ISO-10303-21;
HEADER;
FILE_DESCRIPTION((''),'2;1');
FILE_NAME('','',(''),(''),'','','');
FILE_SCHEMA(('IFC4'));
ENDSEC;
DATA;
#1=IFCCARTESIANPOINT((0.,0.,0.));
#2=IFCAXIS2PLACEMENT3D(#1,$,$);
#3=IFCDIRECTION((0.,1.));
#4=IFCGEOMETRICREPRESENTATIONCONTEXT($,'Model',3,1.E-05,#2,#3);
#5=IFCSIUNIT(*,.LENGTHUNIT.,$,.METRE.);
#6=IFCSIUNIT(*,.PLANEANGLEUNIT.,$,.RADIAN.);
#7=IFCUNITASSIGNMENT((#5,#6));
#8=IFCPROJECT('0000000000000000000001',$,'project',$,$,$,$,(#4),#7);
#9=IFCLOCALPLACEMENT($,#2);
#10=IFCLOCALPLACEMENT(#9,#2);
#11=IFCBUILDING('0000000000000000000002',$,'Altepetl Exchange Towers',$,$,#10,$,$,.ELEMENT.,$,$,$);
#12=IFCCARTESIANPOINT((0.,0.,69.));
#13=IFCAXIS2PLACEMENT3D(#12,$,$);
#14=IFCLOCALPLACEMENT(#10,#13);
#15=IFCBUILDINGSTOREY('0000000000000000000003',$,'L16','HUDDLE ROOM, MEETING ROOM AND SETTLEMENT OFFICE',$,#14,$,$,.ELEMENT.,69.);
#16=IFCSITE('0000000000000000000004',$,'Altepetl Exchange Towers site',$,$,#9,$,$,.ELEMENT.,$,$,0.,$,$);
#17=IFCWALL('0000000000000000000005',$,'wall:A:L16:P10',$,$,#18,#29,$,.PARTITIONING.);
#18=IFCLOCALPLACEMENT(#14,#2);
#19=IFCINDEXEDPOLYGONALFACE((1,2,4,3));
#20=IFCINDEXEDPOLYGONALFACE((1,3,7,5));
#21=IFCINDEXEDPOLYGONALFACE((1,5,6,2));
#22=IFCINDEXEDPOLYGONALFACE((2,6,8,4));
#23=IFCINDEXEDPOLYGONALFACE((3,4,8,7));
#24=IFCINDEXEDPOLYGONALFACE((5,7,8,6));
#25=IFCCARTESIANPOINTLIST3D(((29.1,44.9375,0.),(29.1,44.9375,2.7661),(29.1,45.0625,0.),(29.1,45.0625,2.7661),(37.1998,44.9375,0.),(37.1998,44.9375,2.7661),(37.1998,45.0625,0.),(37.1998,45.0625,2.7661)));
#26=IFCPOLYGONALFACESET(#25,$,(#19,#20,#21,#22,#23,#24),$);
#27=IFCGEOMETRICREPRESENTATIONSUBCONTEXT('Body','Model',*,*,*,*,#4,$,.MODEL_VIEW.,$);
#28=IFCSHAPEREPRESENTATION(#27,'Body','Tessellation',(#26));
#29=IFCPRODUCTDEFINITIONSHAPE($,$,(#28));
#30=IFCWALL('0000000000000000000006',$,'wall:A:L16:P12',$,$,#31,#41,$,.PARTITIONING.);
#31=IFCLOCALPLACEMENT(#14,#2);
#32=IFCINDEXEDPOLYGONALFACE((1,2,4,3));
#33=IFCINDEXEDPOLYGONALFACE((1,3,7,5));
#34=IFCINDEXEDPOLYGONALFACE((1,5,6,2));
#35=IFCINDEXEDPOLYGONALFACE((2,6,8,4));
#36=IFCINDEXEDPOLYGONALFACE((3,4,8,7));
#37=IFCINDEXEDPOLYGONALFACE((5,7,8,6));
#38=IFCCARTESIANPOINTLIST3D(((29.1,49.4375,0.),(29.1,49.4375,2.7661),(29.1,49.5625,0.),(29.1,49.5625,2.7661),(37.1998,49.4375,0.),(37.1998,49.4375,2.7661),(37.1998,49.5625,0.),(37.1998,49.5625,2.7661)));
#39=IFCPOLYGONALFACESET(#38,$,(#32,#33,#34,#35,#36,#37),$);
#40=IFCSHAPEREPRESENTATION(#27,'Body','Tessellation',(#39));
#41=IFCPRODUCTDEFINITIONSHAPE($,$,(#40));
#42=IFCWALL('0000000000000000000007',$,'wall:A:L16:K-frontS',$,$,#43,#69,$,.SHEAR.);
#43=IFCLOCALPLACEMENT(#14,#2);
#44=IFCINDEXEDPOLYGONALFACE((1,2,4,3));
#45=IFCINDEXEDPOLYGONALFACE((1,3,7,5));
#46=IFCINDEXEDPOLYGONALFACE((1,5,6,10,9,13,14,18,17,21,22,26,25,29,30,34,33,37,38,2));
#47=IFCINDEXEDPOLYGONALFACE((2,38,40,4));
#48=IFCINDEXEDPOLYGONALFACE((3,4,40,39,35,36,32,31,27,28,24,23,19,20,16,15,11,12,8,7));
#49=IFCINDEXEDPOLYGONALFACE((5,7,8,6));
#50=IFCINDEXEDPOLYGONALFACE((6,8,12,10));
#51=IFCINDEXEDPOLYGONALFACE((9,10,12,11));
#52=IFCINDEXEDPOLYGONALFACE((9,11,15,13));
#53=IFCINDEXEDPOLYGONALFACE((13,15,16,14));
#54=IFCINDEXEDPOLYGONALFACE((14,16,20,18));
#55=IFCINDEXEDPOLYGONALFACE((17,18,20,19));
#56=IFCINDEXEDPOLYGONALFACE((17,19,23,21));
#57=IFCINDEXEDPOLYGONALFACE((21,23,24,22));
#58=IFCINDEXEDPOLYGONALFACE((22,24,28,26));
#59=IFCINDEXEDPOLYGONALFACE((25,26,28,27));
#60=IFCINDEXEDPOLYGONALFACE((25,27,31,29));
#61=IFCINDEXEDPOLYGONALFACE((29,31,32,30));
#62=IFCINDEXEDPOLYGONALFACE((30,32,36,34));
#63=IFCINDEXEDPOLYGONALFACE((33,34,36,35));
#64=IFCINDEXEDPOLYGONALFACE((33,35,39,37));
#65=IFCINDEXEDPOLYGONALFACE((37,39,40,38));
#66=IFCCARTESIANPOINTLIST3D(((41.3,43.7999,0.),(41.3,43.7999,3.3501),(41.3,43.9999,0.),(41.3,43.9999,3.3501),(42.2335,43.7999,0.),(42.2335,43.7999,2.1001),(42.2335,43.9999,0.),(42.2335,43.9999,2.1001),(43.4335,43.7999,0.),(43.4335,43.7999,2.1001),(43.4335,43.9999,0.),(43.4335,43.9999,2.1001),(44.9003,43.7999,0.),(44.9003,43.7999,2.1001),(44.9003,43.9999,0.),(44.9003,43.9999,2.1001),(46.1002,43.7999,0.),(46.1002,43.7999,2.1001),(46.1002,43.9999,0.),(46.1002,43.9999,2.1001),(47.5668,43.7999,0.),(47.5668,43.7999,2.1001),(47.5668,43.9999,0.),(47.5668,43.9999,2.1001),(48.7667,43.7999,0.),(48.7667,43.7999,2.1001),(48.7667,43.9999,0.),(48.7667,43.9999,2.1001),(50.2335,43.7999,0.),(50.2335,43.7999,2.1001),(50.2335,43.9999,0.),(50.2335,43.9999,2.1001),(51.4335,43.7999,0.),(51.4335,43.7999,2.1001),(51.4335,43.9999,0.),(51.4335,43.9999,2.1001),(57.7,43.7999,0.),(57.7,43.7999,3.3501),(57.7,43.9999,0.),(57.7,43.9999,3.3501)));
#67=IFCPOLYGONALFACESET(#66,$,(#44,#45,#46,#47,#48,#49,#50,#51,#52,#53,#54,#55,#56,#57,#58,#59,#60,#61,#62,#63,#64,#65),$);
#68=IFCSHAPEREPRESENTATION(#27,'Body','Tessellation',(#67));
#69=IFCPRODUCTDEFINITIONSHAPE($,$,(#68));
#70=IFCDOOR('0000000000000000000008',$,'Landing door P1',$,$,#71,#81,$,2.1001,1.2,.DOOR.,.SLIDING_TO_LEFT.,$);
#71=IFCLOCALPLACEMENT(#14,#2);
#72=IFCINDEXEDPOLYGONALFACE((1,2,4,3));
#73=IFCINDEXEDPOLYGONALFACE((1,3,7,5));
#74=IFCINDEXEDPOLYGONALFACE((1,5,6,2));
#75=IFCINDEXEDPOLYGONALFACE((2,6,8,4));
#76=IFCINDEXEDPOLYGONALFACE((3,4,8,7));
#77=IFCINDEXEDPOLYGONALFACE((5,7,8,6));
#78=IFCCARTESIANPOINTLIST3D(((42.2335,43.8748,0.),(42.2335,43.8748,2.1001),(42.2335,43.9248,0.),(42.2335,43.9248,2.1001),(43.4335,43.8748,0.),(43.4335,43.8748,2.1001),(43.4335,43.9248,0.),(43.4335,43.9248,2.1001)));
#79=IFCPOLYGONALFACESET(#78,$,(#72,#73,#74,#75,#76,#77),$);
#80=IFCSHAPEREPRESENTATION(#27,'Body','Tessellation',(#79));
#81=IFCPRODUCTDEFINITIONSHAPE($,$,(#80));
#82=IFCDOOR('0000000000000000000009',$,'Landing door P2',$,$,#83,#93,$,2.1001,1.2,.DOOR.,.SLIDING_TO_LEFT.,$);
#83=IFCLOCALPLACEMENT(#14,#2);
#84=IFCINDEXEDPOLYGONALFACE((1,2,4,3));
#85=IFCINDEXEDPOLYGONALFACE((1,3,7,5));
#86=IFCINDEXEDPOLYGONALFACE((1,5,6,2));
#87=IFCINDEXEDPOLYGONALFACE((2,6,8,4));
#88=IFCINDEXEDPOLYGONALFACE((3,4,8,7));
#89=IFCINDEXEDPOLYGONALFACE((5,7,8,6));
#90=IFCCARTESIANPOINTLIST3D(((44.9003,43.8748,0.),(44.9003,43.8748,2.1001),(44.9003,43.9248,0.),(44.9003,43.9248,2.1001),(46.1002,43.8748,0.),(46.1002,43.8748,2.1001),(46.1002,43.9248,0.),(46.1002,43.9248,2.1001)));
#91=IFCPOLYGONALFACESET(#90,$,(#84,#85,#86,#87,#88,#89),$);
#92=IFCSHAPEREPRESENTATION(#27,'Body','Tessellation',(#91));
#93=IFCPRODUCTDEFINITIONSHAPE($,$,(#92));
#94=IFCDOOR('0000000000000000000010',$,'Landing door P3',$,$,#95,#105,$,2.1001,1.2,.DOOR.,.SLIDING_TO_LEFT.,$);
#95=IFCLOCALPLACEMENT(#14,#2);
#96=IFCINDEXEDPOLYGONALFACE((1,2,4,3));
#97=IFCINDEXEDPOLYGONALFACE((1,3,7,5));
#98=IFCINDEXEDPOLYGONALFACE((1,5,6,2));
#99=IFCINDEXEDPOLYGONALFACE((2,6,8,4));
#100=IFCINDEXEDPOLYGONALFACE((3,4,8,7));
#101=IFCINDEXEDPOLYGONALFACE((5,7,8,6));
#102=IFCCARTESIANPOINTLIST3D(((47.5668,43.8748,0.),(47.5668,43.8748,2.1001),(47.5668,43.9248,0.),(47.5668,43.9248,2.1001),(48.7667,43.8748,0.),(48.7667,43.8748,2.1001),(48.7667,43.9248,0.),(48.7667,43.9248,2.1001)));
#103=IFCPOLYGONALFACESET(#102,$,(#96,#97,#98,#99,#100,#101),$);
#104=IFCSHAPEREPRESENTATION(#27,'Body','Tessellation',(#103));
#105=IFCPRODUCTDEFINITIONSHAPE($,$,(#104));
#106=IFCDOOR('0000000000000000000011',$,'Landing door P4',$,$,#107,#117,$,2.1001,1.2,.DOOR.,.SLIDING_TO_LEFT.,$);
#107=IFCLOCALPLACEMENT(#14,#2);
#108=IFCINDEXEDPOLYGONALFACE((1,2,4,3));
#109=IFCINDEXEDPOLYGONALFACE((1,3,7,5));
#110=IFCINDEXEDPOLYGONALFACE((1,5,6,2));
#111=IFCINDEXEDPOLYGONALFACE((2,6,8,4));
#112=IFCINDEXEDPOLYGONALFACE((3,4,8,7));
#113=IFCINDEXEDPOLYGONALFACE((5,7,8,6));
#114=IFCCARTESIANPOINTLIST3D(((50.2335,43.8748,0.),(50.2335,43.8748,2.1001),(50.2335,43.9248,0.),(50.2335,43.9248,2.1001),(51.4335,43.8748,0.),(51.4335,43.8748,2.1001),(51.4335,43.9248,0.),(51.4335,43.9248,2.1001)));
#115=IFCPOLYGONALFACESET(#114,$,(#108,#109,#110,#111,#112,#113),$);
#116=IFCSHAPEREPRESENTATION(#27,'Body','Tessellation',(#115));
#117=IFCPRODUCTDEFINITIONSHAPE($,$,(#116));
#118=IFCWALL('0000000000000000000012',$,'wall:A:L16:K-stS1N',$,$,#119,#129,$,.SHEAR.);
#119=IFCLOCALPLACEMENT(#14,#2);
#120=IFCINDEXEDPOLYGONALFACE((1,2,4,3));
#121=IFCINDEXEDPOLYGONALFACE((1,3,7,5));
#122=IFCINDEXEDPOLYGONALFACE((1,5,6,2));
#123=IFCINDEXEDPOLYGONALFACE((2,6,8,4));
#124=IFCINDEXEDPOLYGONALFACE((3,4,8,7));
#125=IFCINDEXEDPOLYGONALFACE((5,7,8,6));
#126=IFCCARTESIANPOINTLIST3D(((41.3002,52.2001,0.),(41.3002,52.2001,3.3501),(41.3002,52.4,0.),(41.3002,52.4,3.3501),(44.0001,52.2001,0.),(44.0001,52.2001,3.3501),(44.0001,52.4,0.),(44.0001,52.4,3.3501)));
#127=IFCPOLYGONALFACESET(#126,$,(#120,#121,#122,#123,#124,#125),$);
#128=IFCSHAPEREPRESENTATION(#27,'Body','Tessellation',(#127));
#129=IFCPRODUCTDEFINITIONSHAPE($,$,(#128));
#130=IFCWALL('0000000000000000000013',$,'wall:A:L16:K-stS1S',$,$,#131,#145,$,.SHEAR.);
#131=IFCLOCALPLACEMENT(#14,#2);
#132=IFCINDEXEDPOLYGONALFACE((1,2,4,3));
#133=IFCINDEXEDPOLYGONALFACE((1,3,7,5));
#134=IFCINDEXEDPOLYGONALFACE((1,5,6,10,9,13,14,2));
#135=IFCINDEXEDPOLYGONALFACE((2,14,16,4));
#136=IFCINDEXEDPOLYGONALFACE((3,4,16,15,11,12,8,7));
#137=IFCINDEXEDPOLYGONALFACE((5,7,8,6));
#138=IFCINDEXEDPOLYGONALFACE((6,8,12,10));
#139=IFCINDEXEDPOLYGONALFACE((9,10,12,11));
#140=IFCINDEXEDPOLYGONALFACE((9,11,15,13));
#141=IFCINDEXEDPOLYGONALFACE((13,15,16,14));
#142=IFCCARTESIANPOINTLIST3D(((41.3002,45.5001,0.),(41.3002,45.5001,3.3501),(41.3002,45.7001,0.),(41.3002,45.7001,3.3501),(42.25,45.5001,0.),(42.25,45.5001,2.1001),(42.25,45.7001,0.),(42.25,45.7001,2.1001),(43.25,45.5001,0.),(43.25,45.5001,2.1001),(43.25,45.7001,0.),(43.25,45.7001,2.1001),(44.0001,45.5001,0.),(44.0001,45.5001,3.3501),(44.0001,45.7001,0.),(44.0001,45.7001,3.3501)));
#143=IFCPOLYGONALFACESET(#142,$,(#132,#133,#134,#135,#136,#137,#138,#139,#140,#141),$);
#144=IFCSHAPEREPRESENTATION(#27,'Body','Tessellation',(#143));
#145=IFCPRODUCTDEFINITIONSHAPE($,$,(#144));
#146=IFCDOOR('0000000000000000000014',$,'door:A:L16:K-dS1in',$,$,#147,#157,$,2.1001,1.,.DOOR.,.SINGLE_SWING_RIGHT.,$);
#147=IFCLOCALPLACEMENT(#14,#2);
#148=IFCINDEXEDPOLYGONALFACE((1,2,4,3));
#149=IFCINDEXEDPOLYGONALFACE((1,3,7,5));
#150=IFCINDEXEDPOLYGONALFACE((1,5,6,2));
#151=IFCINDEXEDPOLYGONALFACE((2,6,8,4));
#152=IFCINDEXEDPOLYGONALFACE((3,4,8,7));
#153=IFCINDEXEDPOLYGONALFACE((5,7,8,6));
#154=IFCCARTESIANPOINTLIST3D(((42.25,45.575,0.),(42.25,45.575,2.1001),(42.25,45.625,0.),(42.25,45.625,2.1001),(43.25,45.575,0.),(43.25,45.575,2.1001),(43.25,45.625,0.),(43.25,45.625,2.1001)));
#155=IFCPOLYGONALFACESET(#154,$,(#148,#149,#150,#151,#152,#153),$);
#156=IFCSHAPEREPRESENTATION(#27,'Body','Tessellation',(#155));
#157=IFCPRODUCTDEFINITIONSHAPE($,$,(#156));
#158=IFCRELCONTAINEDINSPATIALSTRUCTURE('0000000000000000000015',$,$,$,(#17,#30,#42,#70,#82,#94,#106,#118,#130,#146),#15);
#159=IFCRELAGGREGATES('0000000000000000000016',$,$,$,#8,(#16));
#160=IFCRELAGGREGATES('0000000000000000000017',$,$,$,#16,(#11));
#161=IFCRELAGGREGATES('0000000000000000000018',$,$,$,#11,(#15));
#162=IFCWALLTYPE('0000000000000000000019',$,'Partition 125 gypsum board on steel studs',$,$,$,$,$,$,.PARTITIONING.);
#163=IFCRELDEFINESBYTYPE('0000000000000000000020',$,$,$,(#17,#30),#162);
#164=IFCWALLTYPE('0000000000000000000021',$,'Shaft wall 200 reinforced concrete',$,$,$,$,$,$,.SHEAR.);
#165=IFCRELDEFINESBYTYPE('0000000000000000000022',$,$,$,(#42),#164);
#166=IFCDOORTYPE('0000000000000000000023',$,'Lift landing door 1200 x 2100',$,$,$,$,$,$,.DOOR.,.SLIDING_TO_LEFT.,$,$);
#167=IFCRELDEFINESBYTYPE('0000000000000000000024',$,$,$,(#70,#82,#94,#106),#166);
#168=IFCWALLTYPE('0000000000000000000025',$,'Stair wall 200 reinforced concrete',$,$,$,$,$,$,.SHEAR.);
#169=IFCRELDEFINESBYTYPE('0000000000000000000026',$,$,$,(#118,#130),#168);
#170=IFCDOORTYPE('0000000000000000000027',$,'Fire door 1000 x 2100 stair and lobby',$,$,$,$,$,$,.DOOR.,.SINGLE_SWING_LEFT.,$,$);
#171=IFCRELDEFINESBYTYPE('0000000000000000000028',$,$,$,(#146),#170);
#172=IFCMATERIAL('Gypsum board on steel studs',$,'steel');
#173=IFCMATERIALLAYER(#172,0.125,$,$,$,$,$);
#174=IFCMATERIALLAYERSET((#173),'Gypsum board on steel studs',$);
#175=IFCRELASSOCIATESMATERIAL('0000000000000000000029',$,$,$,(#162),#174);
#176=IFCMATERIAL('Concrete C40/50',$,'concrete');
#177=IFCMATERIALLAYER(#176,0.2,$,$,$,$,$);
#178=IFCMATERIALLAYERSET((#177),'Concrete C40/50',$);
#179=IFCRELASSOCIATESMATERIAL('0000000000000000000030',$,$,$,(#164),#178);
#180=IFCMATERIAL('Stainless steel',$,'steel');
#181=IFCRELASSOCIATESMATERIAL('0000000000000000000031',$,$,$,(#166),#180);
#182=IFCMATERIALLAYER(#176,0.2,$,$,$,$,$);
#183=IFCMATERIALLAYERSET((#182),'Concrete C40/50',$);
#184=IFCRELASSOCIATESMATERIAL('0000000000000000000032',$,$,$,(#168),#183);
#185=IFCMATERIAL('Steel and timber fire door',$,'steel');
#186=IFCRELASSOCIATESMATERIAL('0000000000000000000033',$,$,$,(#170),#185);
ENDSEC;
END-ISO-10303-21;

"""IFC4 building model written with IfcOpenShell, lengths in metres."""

from ifc_helpers import new_model, si_unit, direction, frame, frame_2d, origin, place, context, subcontext, project, spatial, rectangle, extrude, material, layer, layer_set, type_object, element, fill, save


model = new_model("IFC4")

# Units and contexts
model_context = context("Model", 3, precision=1e-05, world=origin(), true_north=direction((0.0, 1.0)))
body_context = subcontext(model_context, "Body", "Model", "MODEL_VIEW")
ifc_project = project(units=[si_unit("LENGTHUNIT", "METRE"), si_unit("PLANEANGLEUNIT", "RADIAN")], contexts=[model_context])

# Site, building, storey
site_placement = place(None, origin())
site = spatial("IfcSite", under=ifc_project, at=site_placement, Name="Altepetl Exchange Towers site", CompositionType="ELEMENT", RefElevation=0.0)
building_placement = place(site_placement, origin())
building = spatial("IfcBuilding", under=site, at=building_placement, Name="Altepetl Exchange Towers", CompositionType="ELEMENT")
storey_placement = place(building_placement, frame((0.0, 0.0, 69.0)))
storey = spatial("IfcBuildingStorey", under=building, at=storey_placement, Name="L16", Description="HUDDLE ROOM, MEETING ROOM AND SETTLEMENT OFFICE", CompositionType="ELEMENT", Elevation=69.0)

# Walls
ifc_material_1 = material(Name="Gypsum board on steel studs", Category="steel")
ifc_layer_1 = layer(ifc_material_1, 0.125)
ifc_layer_set_1 = layer_set([ifc_layer_1], Name="Gypsum board on steel studs")
wall_type_1 = type_object("IfcWallType", Name="Partition 125 gypsum board on steel studs", PredefinedType="PARTITIONING", material=ifc_layer_set_1)
for number, where, name in (
    (1, (29.1001, 45.0, 0.0), "wall:A:L16:P10"),
    (2, (29.1001, 49.5, 0.0), "wall:A:L16:P12"),
):
    element("IfcWall", number, at=place(storey_placement, frame(where)), inside=storey, type_object=wall_type_1, Name=name, PredefinedType="PARTITIONING", context=body_context, shape_type="SweptSolid", body=[
        extrude(rectangle(XDim=8.0999, YDim=0.125, at=frame_2d((4.0498, 0.0))), origin(), (0.0, 0.0, 1.0), 2.7661),
    ])

# Wall, openings, doors
ifc_material_2 = material(Name="Concrete C40/50", Category="concrete")
ifc_layer_2 = layer(ifc_material_2, 0.2)
ifc_layer_set_2 = layer_set([ifc_layer_2], Name="Concrete C40/50")
wall_type_2 = type_object("IfcWallType", Name="Shaft wall 200 reinforced concrete", PredefinedType="SHEAR", material=ifc_layer_set_2)
wall_1_placement = place(storey_placement, frame((41.3, 43.8999, 0.0)))
wall_1 = element("IfcWall", 3, at=wall_1_placement, inside=storey, type_object=wall_type_2, Name="wall:A:L16:K-frontS", PredefinedType="SHEAR", context=body_context, shape_type="SweptSolid", body=[
    extrude(rectangle(XDim=16.3999, YDim=0.2, at=frame_2d((8.2, 0.0))), origin(), (0.0, 0.0, 1.0), 3.3501),
])
opening_1_placement = place(wall_1_placement, frame((0.9333, 0.0, 0.0)))
opening_1 = element("IfcOpeningElement", 4, at=opening_1_placement, cuts=wall_1, PredefinedType="OPENING", context=body_context, shape_type="SweptSolid", body=[
    extrude(rectangle(XDim=1.2, YDim=2.1001, at=frame_2d((0.6001, 1.05))), frame((0.0, 0.1099, 0.0), z_axis=(0.0, -1.0, 0.0), x_axis=(1.0, 0.0, 0.0)), (0.0, 0.0, 1.0), 0.22),
])
opening_2_placement = place(wall_1_placement, frame((3.6001, 0.0, 0.0)))
opening_2 = element("IfcOpeningElement", 5, at=opening_2_placement, cuts=wall_1, PredefinedType="OPENING", context=body_context, shape_type="SweptSolid", body=[
    extrude(rectangle(XDim=1.2, YDim=2.1001, at=frame_2d((0.6001, 1.05))), frame((0.0, 0.1099, 0.0), z_axis=(0.0, -1.0, 0.0), x_axis=(1.0, 0.0, 0.0)), (0.0, 0.0, 1.0), 0.22),
])
opening_3_placement = place(wall_1_placement, frame((6.2666, 0.0, 0.0)))
opening_3 = element("IfcOpeningElement", 6, at=opening_3_placement, cuts=wall_1, PredefinedType="OPENING", context=body_context, shape_type="SweptSolid", body=[
    extrude(rectangle(XDim=1.2, YDim=2.1001, at=frame_2d((0.6001, 1.05))), frame((0.0, 0.1099, 0.0), z_axis=(0.0, -1.0, 0.0), x_axis=(1.0, 0.0, 0.0)), (0.0, 0.0, 1.0), 0.22),
])
opening_4_placement = place(wall_1_placement, frame((8.9333, 0.0, 0.0)))
opening_4 = element("IfcOpeningElement", 7, at=opening_4_placement, cuts=wall_1, PredefinedType="OPENING", context=body_context, shape_type="SweptSolid", body=[
    extrude(rectangle(XDim=1.2, YDim=2.1001, at=frame_2d((0.6001, 1.05))), frame((0.0, 0.1099, 0.0), z_axis=(0.0, -1.0, 0.0), x_axis=(1.0, 0.0, 0.0)), (0.0, 0.0, 1.0), 0.22),
])
ifc_material_3 = material(Name="Stainless steel", Category="steel")
door_type_1 = type_object("IfcDoorType", Name="Lift landing door 1200 x 2100", OperationType="SLIDING_TO_LEFT", PredefinedType="DOOR", material=ifc_material_3)
door_1_placement = place(opening_1_placement, origin())
door_1 = element("IfcDoor", 8, at=door_1_placement, inside=storey, type_object=door_type_1, Name="Landing door P1", OperationType="SLIDING_TO_LEFT", OverallHeight=2.1001, OverallWidth=1.2, PredefinedType="DOOR", context=body_context, shape_type="SweptSolid", body=[
    extrude(rectangle(XDim=1.2, YDim=2.1001, at=frame_2d((0.6001, 1.05))), frame((0.0, 0.0249, 0.0), z_axis=(0.0, -1.0, 0.0), x_axis=(1.0, 0.0, 0.0)), (0.0, 0.0, 1.0), 0.05),
])
fill(opening_1, door_1)
door_2_placement = place(opening_2_placement, origin())
door_2 = element("IfcDoor", 9, at=door_2_placement, inside=storey, type_object=door_type_1, Name="Landing door P2", OperationType="SLIDING_TO_LEFT", OverallHeight=2.1001, OverallWidth=1.2, PredefinedType="DOOR", context=body_context, shape_type="SweptSolid", body=[
    extrude(rectangle(XDim=1.2, YDim=2.1001, at=frame_2d((0.6001, 1.05))), frame((0.0, 0.0249, 0.0), z_axis=(0.0, -1.0, 0.0), x_axis=(1.0, 0.0, 0.0)), (0.0, 0.0, 1.0), 0.05),
])
fill(opening_2, door_2)
door_3_placement = place(opening_3_placement, origin())
door_3 = element("IfcDoor", 10, at=door_3_placement, inside=storey, type_object=door_type_1, Name="Landing door P3", OperationType="SLIDING_TO_LEFT", OverallHeight=2.1001, OverallWidth=1.2, PredefinedType="DOOR", context=body_context, shape_type="SweptSolid", body=[
    extrude(rectangle(XDim=1.2, YDim=2.1001, at=frame_2d((0.6001, 1.05))), frame((0.0, 0.0249, 0.0), z_axis=(0.0, -1.0, 0.0), x_axis=(1.0, 0.0, 0.0)), (0.0, 0.0, 1.0), 0.05),
])
fill(opening_3, door_3)
door_4_placement = place(opening_4_placement, origin())
door_4 = element("IfcDoor", 11, at=door_4_placement, inside=storey, type_object=door_type_1, Name="Landing door P4", OperationType="SLIDING_TO_LEFT", OverallHeight=2.1001, OverallWidth=1.2, PredefinedType="DOOR", context=body_context, shape_type="SweptSolid", body=[
    extrude(rectangle(XDim=1.2, YDim=2.1001, at=frame_2d((0.6001, 1.05))), frame((0.0, 0.0249, 0.0), z_axis=(0.0, -1.0, 0.0), x_axis=(1.0, 0.0, 0.0)), (0.0, 0.0, 1.0), 0.05),
])
fill(opening_4, door_4)

# Wall
ifc_layer_3 = layer(ifc_material_2, 0.2)
ifc_layer_set_3 = layer_set([ifc_layer_3], Name="Concrete C40/50")
wall_type_3 = type_object("IfcWallType", Name="Stair wall 200 reinforced concrete", PredefinedType="SHEAR", material=ifc_layer_set_3)
wall_2_placement = place(storey_placement, frame((41.3, 52.3, 0.0)))
element("IfcWall", 12, at=wall_2_placement, inside=storey, type_object=wall_type_3, Name="wall:A:L16:K-stS1N", PredefinedType="SHEAR", context=body_context, shape_type="SweptSolid", body=[
    extrude(rectangle(XDim=2.7, YDim=0.2, at=frame_2d((1.3501, 0.0))), origin(), (0.0, 0.0, 1.0), 3.3501),
])

# Wall, opening, door
wall_3_placement = place(storey_placement, frame((41.3, 45.6001, 0.0)))
wall_3 = element("IfcWall", 13, at=wall_3_placement, inside=storey, type_object=wall_type_3, Name="wall:A:L16:K-stS1S", PredefinedType="SHEAR", context=body_context, shape_type="SweptSolid", body=[
    extrude(rectangle(XDim=2.7, YDim=0.2, at=frame_2d((1.3501, 0.0))), origin(), (0.0, 0.0, 1.0), 3.3501),
])
opening_5_placement = place(wall_3_placement, frame((0.95, 0.0, 0.0)))
opening_5 = element("IfcOpeningElement", 14, at=opening_5_placement, cuts=wall_3, PredefinedType="OPENING", context=body_context, shape_type="SweptSolid", body=[
    extrude(rectangle(XDim=1.0, YDim=2.1001, at=frame_2d((0.5, 1.05))), frame((0.0, 0.1099, 0.0), z_axis=(0.0, -1.0, 0.0), x_axis=(1.0, 0.0, 0.0)), (0.0, 0.0, 1.0), 0.22),
])
ifc_material_4 = material(Name="Steel and timber fire door", Category="steel")
door_type_2 = type_object("IfcDoorType", Name="Fire door 1000 x 2100 stair and lobby", OperationType="SINGLE_SWING_LEFT", PredefinedType="DOOR", material=ifc_material_4)
door_5_placement = place(opening_5_placement, origin())
door_5 = element("IfcDoor", 15, at=door_5_placement, inside=storey, type_object=door_type_2, Name="door:A:L16:K-dS1in", OperationType="SINGLE_SWING_RIGHT", OverallHeight=2.1001, OverallWidth=1.0, PredefinedType="DOOR", context=body_context, shape_type="SweptSolid", body=[
    extrude(rectangle(XDim=1.0, YDim=2.1001, at=frame_2d((0.5, 1.05))), frame((0.0, 0.0249, 0.0), z_axis=(0.0, -1.0, 0.0), x_axis=(1.0, 0.0, 0.0)), (0.0, 0.0, 1.0), 0.05),
])
fill(opening_5, door_5)

save(model, "model.ifc")
